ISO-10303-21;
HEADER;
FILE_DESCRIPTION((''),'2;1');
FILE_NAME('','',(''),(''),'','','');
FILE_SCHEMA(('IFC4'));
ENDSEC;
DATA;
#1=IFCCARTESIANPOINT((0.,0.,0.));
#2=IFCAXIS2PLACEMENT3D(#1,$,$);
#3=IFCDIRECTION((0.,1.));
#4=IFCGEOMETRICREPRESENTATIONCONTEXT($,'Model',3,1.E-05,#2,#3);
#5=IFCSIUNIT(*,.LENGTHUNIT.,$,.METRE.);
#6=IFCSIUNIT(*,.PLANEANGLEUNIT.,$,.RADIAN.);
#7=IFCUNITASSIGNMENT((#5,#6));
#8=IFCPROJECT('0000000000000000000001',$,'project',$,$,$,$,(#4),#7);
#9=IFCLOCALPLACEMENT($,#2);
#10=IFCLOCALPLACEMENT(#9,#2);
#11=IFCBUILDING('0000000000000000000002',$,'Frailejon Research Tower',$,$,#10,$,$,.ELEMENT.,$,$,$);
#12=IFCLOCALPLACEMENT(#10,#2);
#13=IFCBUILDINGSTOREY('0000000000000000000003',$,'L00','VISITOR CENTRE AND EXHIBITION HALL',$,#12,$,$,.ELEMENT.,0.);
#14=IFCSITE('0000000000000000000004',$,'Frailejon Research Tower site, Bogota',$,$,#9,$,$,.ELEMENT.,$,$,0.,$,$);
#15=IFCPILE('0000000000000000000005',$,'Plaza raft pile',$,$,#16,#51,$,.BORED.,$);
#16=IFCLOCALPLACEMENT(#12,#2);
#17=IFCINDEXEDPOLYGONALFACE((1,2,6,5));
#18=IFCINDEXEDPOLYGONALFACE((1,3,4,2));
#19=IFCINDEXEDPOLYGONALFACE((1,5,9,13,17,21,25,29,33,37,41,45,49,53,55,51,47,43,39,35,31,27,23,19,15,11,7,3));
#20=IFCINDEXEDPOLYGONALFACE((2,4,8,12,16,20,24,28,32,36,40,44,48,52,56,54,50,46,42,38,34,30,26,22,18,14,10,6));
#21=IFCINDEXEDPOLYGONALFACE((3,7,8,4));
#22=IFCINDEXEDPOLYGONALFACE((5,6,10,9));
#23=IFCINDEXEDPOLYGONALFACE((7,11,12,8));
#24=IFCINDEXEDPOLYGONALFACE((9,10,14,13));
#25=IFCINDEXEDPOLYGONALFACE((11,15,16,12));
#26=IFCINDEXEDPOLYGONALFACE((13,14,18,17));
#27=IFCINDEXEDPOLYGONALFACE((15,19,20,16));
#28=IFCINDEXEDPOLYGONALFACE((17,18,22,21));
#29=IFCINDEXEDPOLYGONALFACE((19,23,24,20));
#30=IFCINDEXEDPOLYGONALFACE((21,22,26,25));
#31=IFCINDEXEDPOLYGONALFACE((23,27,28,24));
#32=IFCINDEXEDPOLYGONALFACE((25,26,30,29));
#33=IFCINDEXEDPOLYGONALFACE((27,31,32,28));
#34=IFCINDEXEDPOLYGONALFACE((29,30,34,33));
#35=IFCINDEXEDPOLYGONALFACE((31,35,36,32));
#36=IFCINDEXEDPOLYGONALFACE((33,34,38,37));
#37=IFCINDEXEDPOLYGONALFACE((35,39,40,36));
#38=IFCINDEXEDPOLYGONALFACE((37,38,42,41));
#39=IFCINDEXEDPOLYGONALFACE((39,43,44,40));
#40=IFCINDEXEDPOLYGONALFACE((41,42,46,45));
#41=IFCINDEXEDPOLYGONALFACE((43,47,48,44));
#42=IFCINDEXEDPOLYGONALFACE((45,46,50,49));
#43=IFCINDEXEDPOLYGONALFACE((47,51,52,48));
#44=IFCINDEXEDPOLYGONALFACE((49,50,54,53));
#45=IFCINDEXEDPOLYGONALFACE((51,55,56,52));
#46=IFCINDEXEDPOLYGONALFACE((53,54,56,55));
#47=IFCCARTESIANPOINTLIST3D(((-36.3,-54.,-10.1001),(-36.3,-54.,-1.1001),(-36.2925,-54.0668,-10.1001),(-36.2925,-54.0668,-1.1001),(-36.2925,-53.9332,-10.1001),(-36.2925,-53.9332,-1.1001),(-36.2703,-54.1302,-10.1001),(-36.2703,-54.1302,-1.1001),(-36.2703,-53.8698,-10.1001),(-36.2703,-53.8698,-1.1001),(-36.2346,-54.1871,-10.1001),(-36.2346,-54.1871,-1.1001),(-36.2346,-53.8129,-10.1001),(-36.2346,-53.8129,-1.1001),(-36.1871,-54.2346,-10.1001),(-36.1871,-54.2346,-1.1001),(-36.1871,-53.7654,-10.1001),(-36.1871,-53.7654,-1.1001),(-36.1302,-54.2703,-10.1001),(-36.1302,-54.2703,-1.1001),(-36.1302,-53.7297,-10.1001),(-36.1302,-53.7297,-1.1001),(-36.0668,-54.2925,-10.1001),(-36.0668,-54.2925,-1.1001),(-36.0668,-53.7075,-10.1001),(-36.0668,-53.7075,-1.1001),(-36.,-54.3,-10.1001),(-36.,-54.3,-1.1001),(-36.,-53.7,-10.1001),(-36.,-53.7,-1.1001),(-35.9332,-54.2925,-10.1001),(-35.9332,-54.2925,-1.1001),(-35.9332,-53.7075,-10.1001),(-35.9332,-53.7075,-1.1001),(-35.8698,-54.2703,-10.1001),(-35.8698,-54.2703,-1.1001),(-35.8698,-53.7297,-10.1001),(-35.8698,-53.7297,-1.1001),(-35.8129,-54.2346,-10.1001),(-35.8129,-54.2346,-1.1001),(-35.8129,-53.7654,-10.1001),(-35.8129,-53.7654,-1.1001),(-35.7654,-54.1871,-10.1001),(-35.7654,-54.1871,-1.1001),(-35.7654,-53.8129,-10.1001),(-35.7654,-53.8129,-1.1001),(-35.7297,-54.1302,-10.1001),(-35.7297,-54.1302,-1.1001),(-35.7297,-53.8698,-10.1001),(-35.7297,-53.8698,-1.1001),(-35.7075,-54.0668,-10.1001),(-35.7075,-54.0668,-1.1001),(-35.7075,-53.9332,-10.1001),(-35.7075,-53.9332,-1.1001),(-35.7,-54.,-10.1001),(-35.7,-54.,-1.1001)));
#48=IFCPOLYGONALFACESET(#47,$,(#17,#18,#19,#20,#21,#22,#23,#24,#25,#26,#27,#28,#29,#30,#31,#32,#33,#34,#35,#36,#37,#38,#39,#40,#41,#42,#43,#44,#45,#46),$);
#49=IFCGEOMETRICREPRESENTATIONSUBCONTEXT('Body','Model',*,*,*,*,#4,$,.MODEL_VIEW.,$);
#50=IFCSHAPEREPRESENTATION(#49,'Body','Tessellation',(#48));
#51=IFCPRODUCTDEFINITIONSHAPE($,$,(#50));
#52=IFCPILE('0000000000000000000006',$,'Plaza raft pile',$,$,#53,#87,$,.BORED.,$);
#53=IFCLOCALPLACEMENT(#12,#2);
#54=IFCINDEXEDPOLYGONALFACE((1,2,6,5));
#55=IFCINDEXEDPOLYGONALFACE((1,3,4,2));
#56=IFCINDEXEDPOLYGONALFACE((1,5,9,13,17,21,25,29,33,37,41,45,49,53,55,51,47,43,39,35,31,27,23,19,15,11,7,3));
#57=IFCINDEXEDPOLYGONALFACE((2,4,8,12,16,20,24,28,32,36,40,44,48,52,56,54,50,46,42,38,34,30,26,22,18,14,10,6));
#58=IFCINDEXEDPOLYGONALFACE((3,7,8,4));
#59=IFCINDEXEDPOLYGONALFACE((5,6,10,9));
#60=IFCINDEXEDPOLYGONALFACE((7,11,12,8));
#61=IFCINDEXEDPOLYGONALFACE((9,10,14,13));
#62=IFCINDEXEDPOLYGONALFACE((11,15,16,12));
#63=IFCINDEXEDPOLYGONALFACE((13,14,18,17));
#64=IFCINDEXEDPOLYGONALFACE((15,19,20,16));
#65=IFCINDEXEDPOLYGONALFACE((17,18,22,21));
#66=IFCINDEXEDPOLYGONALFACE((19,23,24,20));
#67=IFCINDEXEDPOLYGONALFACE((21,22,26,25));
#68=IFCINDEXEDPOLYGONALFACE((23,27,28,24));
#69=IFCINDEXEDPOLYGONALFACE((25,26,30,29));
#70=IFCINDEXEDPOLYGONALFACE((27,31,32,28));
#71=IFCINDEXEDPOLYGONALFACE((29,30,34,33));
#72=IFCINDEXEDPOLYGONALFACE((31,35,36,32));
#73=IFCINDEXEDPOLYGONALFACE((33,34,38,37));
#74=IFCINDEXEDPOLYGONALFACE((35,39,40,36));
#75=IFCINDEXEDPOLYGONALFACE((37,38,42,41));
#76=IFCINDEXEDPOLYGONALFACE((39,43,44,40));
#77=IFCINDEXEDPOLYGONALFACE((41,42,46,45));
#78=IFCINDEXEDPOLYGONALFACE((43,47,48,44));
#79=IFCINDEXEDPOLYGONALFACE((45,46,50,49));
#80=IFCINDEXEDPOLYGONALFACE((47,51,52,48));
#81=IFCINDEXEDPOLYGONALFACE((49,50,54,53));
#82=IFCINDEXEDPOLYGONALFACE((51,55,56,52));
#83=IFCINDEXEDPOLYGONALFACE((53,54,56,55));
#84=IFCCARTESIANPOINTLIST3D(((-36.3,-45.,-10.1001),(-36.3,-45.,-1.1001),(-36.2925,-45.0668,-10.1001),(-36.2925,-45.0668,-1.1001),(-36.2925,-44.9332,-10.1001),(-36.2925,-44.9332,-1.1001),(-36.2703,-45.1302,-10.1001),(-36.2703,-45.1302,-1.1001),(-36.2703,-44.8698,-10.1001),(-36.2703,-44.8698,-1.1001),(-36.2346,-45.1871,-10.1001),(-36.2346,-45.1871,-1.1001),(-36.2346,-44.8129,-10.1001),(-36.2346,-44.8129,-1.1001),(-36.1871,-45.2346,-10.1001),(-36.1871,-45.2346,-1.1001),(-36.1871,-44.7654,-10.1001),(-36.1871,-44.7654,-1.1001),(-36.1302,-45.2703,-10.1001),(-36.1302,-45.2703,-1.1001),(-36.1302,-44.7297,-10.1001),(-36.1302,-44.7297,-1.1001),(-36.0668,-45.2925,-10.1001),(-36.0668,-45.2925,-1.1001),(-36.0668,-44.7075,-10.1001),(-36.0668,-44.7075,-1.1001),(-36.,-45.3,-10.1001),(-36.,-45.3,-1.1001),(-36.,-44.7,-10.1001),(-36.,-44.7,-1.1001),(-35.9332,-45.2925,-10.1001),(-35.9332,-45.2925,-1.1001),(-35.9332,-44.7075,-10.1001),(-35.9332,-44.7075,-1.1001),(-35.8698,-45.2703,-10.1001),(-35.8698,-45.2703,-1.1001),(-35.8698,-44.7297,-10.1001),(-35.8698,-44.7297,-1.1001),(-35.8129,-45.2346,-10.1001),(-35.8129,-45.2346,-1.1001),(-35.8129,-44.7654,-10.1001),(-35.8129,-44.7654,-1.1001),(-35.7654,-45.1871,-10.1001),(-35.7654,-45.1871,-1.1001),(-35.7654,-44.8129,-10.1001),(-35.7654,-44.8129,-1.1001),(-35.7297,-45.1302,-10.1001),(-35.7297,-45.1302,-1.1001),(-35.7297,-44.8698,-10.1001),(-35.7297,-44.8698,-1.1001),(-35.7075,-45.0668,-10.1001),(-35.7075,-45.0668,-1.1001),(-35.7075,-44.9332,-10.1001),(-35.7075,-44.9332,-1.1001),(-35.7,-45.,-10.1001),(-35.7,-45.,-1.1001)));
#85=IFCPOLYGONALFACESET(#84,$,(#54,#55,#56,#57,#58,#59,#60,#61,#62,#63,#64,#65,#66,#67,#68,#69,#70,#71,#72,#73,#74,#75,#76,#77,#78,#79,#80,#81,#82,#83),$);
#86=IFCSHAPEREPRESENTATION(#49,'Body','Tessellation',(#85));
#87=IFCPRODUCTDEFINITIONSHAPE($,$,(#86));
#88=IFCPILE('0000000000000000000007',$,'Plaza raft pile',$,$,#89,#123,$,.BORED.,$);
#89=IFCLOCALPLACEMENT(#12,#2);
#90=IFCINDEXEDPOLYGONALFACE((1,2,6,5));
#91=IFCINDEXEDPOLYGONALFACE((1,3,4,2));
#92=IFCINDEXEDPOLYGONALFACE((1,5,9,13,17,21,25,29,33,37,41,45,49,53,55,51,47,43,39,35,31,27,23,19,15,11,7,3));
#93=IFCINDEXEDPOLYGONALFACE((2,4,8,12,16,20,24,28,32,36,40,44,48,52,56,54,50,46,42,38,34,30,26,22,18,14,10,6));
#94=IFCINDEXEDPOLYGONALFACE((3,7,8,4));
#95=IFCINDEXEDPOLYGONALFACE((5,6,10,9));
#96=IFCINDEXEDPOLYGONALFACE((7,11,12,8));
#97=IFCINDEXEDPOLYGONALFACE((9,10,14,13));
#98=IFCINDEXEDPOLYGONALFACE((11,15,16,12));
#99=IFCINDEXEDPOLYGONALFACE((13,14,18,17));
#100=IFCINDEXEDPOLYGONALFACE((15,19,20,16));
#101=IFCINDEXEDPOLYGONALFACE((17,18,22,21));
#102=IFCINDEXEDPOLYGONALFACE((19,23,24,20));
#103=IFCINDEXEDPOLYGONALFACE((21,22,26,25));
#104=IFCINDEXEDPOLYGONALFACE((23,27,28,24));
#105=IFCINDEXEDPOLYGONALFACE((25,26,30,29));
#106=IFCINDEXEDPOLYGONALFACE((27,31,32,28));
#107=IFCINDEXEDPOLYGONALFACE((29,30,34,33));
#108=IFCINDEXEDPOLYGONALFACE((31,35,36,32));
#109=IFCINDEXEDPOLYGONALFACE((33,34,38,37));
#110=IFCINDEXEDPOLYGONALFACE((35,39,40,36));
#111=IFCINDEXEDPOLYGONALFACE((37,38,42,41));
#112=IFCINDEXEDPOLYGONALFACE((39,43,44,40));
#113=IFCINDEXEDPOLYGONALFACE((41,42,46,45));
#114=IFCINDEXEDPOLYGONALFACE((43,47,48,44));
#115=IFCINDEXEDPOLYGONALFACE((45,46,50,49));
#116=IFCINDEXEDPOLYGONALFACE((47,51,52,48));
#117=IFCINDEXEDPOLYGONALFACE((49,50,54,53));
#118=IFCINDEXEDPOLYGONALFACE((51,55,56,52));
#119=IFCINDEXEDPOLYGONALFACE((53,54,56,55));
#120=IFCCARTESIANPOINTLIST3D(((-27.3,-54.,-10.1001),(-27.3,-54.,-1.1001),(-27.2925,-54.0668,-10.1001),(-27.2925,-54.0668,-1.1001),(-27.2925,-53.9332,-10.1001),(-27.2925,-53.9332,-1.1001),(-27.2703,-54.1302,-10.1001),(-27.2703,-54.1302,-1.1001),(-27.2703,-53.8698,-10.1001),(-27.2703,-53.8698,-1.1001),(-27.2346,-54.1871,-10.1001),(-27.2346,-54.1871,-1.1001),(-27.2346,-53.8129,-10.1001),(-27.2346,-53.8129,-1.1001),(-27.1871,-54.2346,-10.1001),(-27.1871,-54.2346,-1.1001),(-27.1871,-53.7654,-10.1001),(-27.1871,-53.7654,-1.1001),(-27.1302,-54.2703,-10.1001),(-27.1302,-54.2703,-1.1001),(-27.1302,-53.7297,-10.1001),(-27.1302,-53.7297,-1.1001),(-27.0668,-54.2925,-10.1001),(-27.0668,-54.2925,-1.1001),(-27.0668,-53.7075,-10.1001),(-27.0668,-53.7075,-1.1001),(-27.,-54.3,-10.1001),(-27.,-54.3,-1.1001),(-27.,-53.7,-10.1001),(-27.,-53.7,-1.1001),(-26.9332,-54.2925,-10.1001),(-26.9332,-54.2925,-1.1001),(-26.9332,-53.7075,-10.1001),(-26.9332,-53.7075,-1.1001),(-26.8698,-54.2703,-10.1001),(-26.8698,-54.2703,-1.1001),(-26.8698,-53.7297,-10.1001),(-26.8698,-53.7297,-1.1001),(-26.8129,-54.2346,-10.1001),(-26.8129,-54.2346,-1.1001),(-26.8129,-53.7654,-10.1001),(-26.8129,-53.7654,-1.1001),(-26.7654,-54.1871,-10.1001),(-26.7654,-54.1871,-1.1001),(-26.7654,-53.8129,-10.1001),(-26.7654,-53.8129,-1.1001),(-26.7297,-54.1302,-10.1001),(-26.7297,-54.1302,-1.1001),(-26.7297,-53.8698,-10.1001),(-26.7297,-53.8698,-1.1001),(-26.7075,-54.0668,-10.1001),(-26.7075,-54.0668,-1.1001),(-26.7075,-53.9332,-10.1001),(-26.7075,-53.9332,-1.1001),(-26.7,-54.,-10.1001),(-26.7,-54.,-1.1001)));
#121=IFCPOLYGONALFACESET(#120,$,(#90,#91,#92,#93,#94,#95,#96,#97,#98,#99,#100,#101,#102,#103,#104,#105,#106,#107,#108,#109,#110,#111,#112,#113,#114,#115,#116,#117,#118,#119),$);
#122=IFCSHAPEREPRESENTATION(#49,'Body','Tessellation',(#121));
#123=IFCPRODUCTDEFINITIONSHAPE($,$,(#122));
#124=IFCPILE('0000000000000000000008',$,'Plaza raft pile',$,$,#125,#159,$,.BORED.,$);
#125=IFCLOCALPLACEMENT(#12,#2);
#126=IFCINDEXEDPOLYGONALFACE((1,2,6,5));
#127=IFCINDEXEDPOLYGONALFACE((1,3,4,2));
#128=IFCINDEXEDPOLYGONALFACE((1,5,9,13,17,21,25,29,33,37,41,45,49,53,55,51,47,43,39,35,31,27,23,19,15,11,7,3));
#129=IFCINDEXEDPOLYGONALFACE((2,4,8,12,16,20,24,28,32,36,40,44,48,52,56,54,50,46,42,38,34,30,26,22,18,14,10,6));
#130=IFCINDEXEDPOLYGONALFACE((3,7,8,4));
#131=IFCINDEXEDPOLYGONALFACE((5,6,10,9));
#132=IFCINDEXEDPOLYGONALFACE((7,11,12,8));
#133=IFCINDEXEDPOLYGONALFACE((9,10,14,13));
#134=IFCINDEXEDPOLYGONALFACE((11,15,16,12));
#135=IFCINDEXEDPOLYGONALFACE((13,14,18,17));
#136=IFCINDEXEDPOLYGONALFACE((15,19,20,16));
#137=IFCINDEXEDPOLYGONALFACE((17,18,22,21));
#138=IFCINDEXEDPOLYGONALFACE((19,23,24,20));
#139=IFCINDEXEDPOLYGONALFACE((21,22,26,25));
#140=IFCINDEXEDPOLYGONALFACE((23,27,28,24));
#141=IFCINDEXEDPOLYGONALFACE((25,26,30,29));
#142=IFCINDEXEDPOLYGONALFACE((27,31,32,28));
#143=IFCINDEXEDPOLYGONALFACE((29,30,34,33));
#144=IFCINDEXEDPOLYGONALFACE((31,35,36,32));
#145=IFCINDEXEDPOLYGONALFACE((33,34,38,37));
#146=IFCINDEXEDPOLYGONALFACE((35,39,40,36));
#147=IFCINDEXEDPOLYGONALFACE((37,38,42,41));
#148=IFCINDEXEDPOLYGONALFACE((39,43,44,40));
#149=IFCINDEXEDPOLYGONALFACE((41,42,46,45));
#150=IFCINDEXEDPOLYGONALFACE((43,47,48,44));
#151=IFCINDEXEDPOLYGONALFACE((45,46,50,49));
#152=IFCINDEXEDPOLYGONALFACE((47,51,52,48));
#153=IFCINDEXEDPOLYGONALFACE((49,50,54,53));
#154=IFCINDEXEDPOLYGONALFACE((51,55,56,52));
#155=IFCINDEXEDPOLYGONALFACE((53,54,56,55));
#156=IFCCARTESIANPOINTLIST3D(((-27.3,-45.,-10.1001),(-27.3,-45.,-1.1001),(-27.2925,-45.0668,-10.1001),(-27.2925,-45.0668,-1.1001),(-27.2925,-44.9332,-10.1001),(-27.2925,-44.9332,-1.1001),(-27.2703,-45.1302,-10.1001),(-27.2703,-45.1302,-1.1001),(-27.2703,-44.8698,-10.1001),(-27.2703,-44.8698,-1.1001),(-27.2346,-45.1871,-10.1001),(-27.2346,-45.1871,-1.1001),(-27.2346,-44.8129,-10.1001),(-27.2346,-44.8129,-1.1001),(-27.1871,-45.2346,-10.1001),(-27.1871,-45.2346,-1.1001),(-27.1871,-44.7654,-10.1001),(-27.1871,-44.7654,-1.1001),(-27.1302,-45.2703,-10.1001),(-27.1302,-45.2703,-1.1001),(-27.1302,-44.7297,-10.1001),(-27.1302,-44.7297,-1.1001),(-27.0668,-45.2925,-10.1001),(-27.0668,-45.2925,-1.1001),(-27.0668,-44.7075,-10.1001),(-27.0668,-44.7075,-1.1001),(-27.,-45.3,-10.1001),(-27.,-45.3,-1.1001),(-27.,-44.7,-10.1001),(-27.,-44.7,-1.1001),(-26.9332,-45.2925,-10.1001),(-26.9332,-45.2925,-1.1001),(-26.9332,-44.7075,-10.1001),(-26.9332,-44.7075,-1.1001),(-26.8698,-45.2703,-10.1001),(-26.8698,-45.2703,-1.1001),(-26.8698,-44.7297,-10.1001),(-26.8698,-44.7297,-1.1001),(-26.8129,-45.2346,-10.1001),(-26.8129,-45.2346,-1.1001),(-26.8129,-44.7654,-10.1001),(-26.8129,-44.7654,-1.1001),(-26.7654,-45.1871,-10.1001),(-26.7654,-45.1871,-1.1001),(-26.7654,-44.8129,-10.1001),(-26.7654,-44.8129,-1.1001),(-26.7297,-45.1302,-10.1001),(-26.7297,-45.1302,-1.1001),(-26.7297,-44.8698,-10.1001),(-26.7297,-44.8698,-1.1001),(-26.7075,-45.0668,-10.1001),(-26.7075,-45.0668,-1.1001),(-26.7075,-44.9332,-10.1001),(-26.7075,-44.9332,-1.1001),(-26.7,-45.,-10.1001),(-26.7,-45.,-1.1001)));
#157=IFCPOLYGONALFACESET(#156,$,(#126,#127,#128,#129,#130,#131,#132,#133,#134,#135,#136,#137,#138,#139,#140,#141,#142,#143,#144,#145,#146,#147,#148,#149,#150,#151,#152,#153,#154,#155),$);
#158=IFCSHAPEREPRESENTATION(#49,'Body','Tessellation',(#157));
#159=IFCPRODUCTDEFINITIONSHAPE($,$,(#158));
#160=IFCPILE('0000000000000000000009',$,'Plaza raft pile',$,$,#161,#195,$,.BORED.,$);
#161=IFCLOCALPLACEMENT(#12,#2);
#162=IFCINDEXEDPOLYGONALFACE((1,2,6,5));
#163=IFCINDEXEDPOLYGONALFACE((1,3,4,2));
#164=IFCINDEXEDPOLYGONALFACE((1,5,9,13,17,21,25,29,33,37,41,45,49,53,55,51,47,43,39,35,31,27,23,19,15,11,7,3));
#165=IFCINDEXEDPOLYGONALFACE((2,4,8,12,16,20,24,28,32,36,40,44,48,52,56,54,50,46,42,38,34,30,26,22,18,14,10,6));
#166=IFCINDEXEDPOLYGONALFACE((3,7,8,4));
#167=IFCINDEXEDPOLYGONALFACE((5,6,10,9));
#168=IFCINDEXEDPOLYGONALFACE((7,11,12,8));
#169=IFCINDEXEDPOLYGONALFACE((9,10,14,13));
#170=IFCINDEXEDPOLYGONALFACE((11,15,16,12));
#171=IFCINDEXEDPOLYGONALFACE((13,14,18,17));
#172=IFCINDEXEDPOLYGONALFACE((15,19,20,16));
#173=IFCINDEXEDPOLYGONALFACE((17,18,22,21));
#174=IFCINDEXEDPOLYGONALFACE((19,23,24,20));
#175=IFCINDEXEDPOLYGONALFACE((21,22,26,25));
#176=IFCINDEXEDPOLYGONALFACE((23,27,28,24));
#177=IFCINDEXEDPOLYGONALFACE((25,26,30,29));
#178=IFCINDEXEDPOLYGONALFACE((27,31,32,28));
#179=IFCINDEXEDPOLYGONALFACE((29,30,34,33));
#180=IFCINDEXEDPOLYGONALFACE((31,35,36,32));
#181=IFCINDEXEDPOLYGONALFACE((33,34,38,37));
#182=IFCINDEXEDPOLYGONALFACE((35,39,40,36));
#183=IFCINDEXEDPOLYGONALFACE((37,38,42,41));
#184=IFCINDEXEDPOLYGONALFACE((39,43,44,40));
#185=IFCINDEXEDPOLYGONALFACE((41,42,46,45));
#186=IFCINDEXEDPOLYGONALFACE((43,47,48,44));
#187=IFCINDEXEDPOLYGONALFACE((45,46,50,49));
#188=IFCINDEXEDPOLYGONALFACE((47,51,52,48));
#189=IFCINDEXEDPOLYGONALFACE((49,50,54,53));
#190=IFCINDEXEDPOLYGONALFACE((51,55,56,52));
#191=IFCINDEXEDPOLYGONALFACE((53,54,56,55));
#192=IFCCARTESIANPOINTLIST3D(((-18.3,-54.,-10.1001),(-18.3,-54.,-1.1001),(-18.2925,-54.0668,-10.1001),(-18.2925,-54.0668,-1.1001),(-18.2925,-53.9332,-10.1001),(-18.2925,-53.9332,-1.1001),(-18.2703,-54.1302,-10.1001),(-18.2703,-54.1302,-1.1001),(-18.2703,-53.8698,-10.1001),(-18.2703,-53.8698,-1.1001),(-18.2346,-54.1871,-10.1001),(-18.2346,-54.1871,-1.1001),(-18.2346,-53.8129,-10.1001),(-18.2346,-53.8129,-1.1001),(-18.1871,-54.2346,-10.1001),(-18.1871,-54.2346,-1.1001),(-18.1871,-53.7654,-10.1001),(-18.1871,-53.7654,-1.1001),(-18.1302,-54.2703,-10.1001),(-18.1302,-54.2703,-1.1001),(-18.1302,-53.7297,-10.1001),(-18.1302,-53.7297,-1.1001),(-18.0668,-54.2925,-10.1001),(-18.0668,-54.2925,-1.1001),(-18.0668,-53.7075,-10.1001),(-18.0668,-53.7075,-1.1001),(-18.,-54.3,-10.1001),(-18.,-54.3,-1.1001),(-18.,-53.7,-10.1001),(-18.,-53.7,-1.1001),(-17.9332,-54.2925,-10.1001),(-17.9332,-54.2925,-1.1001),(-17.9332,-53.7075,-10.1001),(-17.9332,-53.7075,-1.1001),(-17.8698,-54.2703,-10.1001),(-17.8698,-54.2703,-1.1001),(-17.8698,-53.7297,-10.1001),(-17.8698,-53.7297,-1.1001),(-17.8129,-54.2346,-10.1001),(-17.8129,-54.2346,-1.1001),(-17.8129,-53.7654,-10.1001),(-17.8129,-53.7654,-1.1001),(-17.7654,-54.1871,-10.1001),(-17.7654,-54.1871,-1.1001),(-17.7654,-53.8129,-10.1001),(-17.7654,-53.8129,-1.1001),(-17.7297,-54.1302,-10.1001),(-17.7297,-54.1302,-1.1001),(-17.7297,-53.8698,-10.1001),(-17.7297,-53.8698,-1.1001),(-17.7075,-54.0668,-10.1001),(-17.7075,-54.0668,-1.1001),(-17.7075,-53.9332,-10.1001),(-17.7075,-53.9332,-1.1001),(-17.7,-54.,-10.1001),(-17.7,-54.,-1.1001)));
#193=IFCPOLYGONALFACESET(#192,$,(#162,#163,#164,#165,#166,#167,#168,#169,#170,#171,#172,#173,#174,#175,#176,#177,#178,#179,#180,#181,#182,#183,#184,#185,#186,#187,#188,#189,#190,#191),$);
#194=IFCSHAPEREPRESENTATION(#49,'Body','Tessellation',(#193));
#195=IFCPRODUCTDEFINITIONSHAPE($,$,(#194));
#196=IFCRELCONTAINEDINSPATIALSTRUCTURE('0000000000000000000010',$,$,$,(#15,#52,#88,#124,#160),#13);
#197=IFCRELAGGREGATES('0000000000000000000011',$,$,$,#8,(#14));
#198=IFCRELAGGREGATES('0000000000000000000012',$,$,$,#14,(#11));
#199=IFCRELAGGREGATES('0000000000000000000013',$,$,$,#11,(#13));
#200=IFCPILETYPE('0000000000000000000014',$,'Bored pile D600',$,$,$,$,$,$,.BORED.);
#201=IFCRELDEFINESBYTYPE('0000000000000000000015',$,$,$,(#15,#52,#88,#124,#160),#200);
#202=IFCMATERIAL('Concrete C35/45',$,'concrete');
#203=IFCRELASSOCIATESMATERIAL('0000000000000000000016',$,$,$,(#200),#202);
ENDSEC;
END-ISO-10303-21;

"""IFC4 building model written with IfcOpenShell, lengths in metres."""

from ifc_helpers import new_model, si_unit, direction, frame, origin, origin_2d, place, context, subcontext, project, spatial, circle, extrude, material, material_profile, profile_set, type_object, element, save


model = new_model("IFC4")

# Units and contexts
model_context = context("Model", 3, precision=1e-05, world=origin(), true_north=direction((0.0, 1.0)))
body_context = subcontext(model_context, "Body", "Model", "MODEL_VIEW")
ifc_project = project(units=[si_unit("LENGTHUNIT", "METRE"), si_unit("PLANEANGLEUNIT", "RADIAN")], contexts=[model_context])

# Site, building, storey
site_placement = place(None, origin())
site = spatial("IfcSite", under=ifc_project, at=site_placement, Name="Frailejon Research Tower site, Bogota", CompositionType="ELEMENT", RefElevation=0.0)
building_placement = place(site_placement, origin())
building = spatial("IfcBuilding", under=site, at=building_placement, Name="Frailejon Research Tower", CompositionType="ELEMENT")
storey_placement = place(building_placement, origin())
storey = spatial("IfcBuildingStorey", under=building, at=storey_placement, Name="L00", Description="VISITOR CENTRE AND EXHIBITION HALL", CompositionType="ELEMENT", Elevation=0.0)

# Piles
ifc_material_1 = material(Name="Concrete C35/45", Category="concrete")
ifc_material_profile_1 = material_profile(ifc_material_1, circle(Radius=0.3, at=origin_2d()), Name="Bored pile D600")
ifc_profile_set_1 = profile_set([ifc_material_profile_1], Name="Concrete C35/45")
pile_type = type_object("IfcPileType", Name="Bored pile D600", PredefinedType="BORED", material=ifc_profile_set_1)
for number, where, z_axis, x_axis, name in (
    (1, (-36.0, -54.0, -1.1001), (0.0, 0.0, -1.0), (1.0, 0.0, 0.0), "Plaza raft pile"),
    (2, (-36.0, -45.0, -1.1001), (0.0, 0.0, -1.0), (1.0, 0.0, 0.0), "Plaza raft pile"),
    (3, (-27.0, -54.0, -1.1001), (0.0, 0.0, -1.0), (1.0, 0.0, 0.0), "Plaza raft pile"),
    (4, (-27.0, -45.0, -1.1001), (0.0, 0.0, -1.0), (1.0, 0.0, 0.0), "Plaza raft pile"),
    (5, (-18.0, -54.0, -1.1001), (0.0, 0.0, -1.0), (1.0, 0.0, 0.0), "Plaza raft pile"),
):
    element("IfcPile", number, at=place(storey_placement, frame(where, z_axis=z_axis, x_axis=x_axis)), inside=storey, type_object=pile_type, Name=name, PredefinedType="BORED", context=body_context, shape_type="SweptSolid", body=[
        extrude(circle(Radius=0.3, at=origin_2d()), origin(), (0.0, 0.0, 1.0), 9.0),
    ])

save(model, "model.ifc")
